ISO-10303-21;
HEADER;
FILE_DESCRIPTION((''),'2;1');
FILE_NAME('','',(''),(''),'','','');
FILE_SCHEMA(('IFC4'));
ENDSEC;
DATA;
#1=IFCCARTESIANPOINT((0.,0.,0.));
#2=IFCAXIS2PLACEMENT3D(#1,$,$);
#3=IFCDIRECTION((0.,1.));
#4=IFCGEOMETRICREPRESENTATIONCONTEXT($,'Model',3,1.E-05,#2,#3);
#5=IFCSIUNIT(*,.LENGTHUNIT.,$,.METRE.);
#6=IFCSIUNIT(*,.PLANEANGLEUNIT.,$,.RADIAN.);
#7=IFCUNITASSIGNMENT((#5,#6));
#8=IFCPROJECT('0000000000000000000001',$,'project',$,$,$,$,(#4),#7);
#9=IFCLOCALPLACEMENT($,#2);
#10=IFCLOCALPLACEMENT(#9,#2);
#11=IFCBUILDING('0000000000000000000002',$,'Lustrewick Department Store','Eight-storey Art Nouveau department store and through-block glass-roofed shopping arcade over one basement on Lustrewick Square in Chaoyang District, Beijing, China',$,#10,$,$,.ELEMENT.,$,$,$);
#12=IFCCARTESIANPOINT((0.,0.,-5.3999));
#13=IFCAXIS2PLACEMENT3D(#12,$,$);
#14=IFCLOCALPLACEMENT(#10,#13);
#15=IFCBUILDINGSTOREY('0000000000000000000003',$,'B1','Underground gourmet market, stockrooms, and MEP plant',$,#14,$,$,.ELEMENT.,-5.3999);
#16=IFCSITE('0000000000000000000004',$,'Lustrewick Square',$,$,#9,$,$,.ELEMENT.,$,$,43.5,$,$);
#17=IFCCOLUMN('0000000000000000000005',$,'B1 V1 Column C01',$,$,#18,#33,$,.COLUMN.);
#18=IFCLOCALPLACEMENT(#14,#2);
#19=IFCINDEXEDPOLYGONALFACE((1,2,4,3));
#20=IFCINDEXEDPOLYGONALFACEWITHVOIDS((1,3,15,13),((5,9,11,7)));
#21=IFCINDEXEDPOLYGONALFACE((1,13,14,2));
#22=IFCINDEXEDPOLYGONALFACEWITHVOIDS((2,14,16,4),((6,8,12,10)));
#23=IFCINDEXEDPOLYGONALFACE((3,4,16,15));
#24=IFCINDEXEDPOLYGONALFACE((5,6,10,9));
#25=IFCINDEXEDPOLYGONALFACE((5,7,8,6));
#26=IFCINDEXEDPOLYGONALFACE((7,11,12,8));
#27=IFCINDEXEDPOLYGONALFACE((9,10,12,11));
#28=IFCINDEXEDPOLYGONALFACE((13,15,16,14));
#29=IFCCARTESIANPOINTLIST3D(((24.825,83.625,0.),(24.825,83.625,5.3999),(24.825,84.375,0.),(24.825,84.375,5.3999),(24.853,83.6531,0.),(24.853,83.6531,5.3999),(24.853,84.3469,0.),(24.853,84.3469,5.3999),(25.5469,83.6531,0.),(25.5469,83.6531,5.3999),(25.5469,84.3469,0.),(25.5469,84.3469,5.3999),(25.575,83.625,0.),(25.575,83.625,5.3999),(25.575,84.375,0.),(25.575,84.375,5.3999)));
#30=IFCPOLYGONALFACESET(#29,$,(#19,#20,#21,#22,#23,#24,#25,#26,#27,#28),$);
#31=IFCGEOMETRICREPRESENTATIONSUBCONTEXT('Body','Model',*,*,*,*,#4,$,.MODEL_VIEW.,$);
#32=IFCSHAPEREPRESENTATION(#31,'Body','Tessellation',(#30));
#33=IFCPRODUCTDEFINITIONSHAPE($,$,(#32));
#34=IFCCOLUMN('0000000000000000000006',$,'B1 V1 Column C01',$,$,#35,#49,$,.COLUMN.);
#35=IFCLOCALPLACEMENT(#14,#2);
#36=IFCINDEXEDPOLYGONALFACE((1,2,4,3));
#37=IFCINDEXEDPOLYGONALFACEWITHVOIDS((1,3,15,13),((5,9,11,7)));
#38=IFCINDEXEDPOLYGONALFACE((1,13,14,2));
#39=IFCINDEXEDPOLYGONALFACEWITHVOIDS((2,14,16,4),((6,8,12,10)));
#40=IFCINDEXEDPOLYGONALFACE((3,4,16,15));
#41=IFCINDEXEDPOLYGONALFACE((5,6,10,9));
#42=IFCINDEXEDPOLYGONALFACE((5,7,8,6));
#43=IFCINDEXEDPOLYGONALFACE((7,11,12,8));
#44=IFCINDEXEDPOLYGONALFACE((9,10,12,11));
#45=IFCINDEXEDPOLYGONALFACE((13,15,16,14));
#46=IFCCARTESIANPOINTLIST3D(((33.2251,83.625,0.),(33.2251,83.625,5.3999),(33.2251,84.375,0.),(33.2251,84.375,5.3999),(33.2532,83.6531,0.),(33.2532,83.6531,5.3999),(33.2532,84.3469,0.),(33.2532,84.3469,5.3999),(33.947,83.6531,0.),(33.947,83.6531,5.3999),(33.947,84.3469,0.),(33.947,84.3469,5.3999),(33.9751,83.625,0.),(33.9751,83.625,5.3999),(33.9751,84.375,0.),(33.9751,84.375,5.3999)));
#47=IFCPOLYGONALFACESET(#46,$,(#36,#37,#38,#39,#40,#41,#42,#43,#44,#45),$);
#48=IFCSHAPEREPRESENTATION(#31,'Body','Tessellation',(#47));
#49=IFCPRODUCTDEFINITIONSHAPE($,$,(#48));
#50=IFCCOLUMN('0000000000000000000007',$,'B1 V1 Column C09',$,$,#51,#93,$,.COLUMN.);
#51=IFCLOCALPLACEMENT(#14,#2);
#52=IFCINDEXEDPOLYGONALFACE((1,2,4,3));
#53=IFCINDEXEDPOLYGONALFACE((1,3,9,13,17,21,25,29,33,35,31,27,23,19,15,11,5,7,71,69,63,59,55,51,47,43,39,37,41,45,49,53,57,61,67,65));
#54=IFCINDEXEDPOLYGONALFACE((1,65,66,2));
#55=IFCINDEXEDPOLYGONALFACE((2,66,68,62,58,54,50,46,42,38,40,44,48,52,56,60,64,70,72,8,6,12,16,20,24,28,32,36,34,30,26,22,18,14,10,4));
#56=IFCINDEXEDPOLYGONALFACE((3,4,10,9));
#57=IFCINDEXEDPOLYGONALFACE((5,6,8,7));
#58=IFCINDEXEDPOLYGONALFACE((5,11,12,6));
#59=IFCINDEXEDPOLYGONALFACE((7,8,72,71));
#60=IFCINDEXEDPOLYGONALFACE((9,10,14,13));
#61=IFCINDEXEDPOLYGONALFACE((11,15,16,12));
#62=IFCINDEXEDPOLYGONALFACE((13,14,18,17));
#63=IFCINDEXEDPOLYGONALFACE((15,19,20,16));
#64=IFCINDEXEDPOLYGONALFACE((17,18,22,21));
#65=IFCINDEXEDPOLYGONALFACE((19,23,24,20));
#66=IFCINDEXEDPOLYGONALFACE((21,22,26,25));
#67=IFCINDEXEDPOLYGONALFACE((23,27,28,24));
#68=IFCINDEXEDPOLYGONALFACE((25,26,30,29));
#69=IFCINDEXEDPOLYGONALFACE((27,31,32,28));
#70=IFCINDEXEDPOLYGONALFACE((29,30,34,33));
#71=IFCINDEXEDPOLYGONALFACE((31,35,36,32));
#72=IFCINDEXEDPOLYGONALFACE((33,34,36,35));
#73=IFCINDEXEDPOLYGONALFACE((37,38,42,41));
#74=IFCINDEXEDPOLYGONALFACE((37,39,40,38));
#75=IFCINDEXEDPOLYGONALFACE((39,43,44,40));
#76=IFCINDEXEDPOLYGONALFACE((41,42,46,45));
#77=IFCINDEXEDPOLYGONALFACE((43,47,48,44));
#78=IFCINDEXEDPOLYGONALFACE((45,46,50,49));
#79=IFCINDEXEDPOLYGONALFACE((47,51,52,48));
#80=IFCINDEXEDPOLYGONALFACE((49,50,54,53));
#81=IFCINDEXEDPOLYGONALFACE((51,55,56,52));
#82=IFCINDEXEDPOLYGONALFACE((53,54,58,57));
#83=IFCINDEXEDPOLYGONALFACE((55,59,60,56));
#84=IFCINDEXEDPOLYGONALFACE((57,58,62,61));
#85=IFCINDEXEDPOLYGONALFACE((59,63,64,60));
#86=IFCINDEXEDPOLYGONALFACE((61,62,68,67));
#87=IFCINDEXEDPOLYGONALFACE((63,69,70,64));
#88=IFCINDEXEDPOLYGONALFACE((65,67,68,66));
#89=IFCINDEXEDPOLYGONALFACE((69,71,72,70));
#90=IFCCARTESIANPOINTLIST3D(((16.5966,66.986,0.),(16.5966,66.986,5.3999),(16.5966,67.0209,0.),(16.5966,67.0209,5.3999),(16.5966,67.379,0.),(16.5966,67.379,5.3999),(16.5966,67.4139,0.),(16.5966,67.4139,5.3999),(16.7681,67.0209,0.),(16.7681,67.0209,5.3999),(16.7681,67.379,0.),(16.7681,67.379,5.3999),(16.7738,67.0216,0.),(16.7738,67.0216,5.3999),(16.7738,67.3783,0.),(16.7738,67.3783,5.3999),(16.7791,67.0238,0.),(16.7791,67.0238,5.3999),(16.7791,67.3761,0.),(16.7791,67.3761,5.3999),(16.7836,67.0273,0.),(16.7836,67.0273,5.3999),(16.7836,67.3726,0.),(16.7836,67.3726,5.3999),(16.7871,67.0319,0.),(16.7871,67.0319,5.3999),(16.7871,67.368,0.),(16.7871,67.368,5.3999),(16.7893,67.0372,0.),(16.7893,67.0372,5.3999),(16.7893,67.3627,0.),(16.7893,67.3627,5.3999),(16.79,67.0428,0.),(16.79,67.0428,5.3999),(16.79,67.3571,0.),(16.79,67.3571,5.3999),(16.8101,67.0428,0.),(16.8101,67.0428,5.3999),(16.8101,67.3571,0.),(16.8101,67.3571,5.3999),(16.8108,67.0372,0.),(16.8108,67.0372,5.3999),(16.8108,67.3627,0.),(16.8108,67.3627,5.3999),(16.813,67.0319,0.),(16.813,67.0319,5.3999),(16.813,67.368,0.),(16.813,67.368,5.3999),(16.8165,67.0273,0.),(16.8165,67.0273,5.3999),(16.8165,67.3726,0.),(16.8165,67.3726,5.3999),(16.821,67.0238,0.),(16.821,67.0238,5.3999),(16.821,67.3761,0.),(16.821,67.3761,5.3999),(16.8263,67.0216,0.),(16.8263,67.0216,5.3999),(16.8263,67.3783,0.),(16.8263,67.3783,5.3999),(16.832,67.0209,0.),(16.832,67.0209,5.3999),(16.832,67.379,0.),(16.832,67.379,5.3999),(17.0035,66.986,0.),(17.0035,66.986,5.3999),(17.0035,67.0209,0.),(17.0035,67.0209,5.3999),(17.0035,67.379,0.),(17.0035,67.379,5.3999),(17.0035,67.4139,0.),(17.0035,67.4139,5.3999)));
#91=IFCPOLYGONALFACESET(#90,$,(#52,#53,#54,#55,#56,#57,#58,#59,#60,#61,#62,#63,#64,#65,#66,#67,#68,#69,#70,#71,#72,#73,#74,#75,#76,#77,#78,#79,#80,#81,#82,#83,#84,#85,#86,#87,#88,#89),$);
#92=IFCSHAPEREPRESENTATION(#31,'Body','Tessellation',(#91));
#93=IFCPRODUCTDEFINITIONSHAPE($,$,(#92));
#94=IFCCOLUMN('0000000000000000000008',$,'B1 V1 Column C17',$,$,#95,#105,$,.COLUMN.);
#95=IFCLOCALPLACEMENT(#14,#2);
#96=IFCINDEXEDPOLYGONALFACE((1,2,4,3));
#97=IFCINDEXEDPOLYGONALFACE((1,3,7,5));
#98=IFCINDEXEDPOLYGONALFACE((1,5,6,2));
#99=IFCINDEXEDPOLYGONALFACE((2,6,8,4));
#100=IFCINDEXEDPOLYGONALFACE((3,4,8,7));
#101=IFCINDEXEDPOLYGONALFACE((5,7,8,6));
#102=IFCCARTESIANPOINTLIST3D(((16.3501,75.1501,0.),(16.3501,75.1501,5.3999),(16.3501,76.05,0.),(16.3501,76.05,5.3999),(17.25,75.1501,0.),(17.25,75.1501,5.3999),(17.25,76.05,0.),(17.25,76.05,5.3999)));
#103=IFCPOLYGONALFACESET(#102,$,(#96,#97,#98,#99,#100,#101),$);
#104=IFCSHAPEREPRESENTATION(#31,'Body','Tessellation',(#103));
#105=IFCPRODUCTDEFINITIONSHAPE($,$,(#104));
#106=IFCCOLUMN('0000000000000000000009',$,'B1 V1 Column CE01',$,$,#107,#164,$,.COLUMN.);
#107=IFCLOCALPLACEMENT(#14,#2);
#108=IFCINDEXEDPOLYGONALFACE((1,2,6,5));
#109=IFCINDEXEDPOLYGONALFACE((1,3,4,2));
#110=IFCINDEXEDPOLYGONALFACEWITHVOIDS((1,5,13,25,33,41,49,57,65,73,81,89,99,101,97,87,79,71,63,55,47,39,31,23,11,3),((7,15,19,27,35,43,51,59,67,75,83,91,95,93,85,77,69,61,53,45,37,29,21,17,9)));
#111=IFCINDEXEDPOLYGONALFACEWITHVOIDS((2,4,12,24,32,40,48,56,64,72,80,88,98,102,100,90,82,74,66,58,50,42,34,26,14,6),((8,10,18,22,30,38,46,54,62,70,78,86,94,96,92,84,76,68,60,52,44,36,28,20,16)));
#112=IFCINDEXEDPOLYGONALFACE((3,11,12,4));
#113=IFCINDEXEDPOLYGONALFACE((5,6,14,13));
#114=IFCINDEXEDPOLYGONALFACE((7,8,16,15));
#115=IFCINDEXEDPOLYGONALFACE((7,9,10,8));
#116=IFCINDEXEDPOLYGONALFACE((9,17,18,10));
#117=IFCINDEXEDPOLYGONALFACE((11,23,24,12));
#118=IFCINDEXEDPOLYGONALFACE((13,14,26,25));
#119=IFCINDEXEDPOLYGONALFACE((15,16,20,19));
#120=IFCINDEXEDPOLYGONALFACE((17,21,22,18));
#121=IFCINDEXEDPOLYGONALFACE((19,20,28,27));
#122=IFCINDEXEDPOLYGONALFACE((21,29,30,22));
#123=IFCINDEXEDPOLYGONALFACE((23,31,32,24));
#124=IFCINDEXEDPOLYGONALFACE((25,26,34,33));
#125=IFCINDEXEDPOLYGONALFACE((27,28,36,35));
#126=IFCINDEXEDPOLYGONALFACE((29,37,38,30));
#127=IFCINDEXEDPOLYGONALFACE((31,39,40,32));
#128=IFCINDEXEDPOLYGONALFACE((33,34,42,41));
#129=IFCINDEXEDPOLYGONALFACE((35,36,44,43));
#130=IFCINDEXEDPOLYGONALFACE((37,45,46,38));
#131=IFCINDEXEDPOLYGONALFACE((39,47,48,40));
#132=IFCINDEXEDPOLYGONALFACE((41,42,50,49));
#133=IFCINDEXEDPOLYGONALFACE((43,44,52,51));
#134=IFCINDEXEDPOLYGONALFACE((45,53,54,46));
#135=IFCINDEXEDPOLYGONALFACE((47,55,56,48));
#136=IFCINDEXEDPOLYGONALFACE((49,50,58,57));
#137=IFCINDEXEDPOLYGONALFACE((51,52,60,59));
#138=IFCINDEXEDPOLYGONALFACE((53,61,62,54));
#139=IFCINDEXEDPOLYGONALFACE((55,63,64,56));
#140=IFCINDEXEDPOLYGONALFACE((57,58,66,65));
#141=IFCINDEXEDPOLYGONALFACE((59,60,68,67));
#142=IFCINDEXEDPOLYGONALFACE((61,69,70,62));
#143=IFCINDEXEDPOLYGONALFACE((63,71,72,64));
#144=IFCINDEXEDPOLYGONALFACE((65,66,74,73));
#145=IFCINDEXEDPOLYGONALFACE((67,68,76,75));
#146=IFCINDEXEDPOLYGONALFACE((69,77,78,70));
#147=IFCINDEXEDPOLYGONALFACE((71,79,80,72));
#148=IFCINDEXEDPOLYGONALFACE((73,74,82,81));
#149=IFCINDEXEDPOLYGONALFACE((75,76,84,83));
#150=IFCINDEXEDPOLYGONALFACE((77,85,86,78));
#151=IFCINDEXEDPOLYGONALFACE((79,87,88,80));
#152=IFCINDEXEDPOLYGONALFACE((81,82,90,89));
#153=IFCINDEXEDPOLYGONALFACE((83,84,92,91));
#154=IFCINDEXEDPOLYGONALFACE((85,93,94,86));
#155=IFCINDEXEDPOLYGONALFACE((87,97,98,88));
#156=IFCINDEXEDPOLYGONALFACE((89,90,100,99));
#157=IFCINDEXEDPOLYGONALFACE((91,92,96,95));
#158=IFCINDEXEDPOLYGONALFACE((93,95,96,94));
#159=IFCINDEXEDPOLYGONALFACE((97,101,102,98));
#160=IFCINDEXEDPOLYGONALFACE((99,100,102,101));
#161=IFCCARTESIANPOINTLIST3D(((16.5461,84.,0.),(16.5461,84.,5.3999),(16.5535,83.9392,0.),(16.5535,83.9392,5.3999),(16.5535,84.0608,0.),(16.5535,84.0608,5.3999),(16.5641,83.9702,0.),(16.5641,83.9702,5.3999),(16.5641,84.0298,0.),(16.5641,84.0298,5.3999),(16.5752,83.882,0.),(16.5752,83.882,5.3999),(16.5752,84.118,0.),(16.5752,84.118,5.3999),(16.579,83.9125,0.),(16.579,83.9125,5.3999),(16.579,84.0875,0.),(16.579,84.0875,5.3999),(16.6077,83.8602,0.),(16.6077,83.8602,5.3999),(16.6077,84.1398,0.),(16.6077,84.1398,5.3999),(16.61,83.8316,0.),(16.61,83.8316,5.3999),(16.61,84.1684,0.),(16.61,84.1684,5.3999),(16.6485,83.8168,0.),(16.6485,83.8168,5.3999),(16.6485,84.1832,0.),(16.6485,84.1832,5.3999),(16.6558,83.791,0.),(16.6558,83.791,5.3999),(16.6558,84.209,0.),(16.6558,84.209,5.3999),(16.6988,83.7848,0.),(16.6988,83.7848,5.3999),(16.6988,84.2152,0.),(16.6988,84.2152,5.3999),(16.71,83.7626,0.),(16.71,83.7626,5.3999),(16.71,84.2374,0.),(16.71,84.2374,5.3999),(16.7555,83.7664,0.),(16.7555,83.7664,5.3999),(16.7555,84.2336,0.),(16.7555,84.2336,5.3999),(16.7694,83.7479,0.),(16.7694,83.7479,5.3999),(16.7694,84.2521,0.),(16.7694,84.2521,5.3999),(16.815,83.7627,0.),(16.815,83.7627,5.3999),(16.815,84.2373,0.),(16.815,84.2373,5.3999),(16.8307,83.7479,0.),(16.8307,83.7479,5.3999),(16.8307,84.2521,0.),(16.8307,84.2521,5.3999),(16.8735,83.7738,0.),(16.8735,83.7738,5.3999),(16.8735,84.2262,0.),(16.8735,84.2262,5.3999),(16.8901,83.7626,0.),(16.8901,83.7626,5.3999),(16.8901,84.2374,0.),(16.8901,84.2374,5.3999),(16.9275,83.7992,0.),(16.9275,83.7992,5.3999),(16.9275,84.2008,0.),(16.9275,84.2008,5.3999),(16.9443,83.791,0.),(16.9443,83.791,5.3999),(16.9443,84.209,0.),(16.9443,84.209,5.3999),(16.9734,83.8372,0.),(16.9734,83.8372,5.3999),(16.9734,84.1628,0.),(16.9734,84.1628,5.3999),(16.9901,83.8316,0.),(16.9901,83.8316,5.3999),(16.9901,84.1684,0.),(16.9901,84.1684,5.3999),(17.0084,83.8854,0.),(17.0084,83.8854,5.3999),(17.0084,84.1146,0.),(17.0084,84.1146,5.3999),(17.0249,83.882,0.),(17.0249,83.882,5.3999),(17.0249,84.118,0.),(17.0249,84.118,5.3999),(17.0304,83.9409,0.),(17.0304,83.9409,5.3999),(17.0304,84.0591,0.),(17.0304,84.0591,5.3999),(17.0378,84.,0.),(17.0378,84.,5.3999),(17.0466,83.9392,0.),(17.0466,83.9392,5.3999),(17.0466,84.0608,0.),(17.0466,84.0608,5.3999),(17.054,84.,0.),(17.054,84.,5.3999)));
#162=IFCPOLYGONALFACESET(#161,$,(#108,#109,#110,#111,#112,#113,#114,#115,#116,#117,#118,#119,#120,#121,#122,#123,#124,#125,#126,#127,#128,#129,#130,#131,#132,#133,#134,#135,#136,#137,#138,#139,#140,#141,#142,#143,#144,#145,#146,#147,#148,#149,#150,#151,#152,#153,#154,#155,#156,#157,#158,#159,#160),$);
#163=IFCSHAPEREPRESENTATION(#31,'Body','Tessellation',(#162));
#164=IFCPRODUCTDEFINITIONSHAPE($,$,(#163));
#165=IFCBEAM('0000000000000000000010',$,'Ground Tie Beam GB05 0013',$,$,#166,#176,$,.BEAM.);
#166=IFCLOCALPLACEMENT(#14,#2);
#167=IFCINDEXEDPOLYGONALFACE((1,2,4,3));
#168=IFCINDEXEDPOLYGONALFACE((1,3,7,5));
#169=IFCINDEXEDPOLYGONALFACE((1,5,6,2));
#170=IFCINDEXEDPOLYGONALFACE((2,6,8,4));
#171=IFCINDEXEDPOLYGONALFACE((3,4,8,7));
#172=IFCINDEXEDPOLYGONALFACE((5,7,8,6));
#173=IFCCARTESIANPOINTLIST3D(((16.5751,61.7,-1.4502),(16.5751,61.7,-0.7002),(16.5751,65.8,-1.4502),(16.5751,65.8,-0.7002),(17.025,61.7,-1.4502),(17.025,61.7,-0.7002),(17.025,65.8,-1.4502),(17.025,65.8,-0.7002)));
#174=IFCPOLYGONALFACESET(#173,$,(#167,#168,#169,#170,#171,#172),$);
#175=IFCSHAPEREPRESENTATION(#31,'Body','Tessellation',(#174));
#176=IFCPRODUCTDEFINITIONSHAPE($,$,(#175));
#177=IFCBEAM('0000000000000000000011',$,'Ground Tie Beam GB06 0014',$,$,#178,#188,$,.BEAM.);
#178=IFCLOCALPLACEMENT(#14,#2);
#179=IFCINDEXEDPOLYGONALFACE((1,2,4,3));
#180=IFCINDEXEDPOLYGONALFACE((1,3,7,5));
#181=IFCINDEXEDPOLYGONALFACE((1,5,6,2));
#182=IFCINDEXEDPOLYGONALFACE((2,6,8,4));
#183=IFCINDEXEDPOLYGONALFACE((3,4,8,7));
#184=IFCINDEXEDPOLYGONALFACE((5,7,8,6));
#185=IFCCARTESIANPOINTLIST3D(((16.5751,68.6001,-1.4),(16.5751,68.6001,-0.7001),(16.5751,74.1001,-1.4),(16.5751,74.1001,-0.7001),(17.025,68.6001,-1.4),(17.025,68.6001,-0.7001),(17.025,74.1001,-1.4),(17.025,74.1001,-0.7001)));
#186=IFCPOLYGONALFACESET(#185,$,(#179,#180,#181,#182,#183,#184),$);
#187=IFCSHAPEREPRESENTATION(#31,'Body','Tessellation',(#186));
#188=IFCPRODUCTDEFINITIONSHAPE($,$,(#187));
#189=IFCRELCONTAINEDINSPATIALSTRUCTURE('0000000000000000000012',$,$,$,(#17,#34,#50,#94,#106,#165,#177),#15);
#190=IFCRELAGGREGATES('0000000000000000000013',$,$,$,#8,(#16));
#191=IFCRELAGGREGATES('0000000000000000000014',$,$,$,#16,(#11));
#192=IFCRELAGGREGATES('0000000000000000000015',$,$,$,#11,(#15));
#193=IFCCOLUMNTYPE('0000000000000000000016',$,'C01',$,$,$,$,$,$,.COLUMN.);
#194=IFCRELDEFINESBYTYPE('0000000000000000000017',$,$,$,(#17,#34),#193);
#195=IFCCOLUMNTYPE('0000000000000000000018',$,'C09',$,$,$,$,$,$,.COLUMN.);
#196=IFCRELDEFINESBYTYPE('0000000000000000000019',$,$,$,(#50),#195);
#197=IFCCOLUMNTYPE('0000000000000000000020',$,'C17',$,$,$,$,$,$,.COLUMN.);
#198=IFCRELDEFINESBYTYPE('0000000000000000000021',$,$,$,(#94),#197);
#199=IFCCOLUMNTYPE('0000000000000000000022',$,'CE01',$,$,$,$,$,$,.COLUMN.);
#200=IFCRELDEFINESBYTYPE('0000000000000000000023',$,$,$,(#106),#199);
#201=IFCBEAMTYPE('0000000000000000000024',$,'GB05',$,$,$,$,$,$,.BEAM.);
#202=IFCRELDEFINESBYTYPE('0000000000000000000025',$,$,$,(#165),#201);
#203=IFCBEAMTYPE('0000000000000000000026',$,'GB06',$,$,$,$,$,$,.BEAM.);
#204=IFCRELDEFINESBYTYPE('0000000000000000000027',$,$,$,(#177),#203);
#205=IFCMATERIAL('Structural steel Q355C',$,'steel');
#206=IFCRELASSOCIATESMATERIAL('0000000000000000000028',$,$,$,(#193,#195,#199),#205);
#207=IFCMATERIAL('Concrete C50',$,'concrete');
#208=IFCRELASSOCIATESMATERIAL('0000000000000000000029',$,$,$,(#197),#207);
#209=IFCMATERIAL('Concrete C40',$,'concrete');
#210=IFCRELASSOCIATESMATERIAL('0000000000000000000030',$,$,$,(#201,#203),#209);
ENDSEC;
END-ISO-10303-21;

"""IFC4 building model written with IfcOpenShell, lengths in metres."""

from ifc_helpers import new_model, si_unit, direction, frame, origin, origin_2d, place, context, subcontext, project, spatial, rectangle, hollow_rectangle, hollow_circle, i_section, extrude, material, material_profile, profile_set, type_object, element, save


model = new_model("IFC4")

# Units and contexts
model_context = context("Model", 3, precision=1e-05, world=origin(), true_north=direction((0.0, 1.0)))
body_context = subcontext(model_context, "Body", "Model", "MODEL_VIEW")
ifc_project = project(units=[si_unit("LENGTHUNIT", "METRE"), si_unit("PLANEANGLEUNIT", "RADIAN")], contexts=[model_context])

# Site, building, storey
site_placement = place(None, origin())
site = spatial("IfcSite", under=ifc_project, at=site_placement, Name="Lustrewick Square", CompositionType="ELEMENT", RefElevation=43.5)
building_placement = place(site_placement, origin())
building = spatial("IfcBuilding", under=site, at=building_placement, Name="Lustrewick Department Store", Description="Eight-storey Art Nouveau department store and through-block glass-roofed shopping arcade over one basement on Lustrewick Square in Chaoyang District, Beijing, China", CompositionType="ELEMENT")
storey_placement = place(building_placement, frame((0.0, 0.0, -5.3999)))
storey = spatial("IfcBuildingStorey", under=building, at=storey_placement, Name="B1", Description="Underground gourmet market, stockrooms, and MEP plant", CompositionType="ELEMENT", Elevation=-5.3999)

# Shared definitions
ifc_material_1 = material(Name="Concrete C40", Category="concrete")

# Columns
ifc_material_2 = material(Name="Structural steel Q355C", Category="steel")
ifc_material_profile_1 = material_profile(ifc_material_2, hollow_rectangle(XDim=0.75, YDim=0.75, WallThickness=0.0281, at=origin_2d()), Name="BOX 750x750x28")
ifc_profile_set_1 = profile_set([ifc_material_profile_1], Name="Structural steel Q355C")
column_type_1 = type_object("IfcColumnType", Name="C01", PredefinedType="COLUMN", material=ifc_profile_set_1)
for number, where, z_axis, x_axis, name in (
    (1, (25.2, 84.0, 0.0), (0.0, 0.0, 1.0), (1.0, 0.0, 0.0), "B1 V1 Column C01"),
    (2, (33.6001, 84.0, 0.0), (0.0, 0.0, 1.0), (1.0, 0.0, 0.0), "B1 V1 Column C01"),
):
    element("IfcColumn", number, at=place(storey_placement, frame(where, z_axis=z_axis, x_axis=x_axis)), inside=storey, type_object=column_type_1, Name=name, PredefinedType="COLUMN", context=body_context, shape_type="SweptSolid", body=[
        extrude(hollow_rectangle(XDim=0.75, YDim=0.75, WallThickness=0.0281, at=origin_2d()), origin(), (0.0, 0.0, 1.0), 5.3999),
    ])
ifc_material_profile_2 = material_profile(ifc_material_2, i_section(OverallWidth=0.407, OverallDepth=0.428, WebThickness=0.02, FlangeThickness=0.0349, FilletRadius=0.022, at=origin_2d()), Name="HW 428x407x20x35")
ifc_profile_set_2 = profile_set([ifc_material_profile_2], Name="Structural steel Q355C")
column_type_2 = type_object("IfcColumnType", Name="C09", PredefinedType="COLUMN", material=ifc_profile_set_2)
column_1_placement = place(storey_placement, frame((16.8, 67.2, 0.0), z_axis=(0.0, 0.0, 1.0), x_axis=(1.0, 0.0, 0.0)))
element("IfcColumn", 3, at=column_1_placement, inside=storey, type_object=column_type_2, Name="B1 V1 Column C09", PredefinedType="COLUMN", context=body_context, shape_type="SweptSolid", body=[
    extrude(i_section(OverallWidth=0.407, OverallDepth=0.428, WebThickness=0.02, FlangeThickness=0.0349, FilletRadius=0.022, at=origin_2d()), origin(), (0.0, 0.0, 1.0), 5.3999),
])
ifc_material_3 = material(Name="Concrete C50", Category="concrete")
ifc_material_profile_3 = material_profile(ifc_material_3, rectangle(XDim=0.8999, YDim=0.8999, at=origin_2d()), Name="RC 900x900")
ifc_profile_set_3 = profile_set([ifc_material_profile_3], Name="Concrete C50")
column_type_3 = type_object("IfcColumnType", Name="C17", PredefinedType="COLUMN", material=ifc_profile_set_3)
column_2_placement = place(storey_placement, frame((16.8, 75.6001, 0.0), z_axis=(0.0, 0.0, 1.0), x_axis=(1.0, 0.0, 0.0)))
element("IfcColumn", 4, at=column_2_placement, inside=storey, type_object=column_type_3, Name="B1 V1 Column C17", PredefinedType="COLUMN", context=body_context, shape_type="SweptSolid", body=[
    extrude(rectangle(XDim=0.8999, YDim=0.8999, at=origin_2d()), origin(), (0.0, 0.0, 1.0), 5.3999),
])
ifc_material_profile_4 = material_profile(ifc_material_2, hollow_circle(Radius=0.2539, WallThickness=0.0161, at=origin_2d()), Name="CHS 508x16")
ifc_profile_set_4 = profile_set([ifc_material_profile_4], Name="Structural steel Q355C")
column_type_4 = type_object("IfcColumnType", Name="CE01", PredefinedType="COLUMN", material=ifc_profile_set_4)
column_3_placement = place(storey_placement, frame((16.8, 84.0, 0.0), z_axis=(0.0, 0.0, 1.0), x_axis=(1.0, 0.0, 0.0)))
element("IfcColumn", 5, at=column_3_placement, inside=storey, type_object=column_type_4, Name="B1 V1 Column CE01", PredefinedType="COLUMN", context=body_context, shape_type="SweptSolid", body=[
    extrude(hollow_circle(Radius=0.2539, WallThickness=0.0161, at=origin_2d()), origin(), (0.0, 0.0, 1.0), 5.3999),
])

# Beams
ifc_material_profile_5 = material_profile(ifc_material_1, rectangle(XDim=0.45, YDim=0.75, at=origin_2d()), Name="RC 450x750")
ifc_profile_set_5 = profile_set([ifc_material_profile_5], Name="Concrete C40")
beam_type_1 = type_object("IfcBeamType", Name="GB05", PredefinedType="BEAM", material=ifc_profile_set_5)
beam_1_placement = place(storey_placement, frame((16.8, 61.7, -1.0752), z_axis=(0.0, 1.0, 0.0), x_axis=(-1.0, 0.0, 0.0)))
element("IfcBeam", 6, at=beam_1_placement, inside=storey, type_object=beam_type_1, Name="Ground Tie Beam GB05 0013", PredefinedType="BEAM", context=body_context, shape_type="SweptSolid", body=[
    extrude(rectangle(XDim=0.45, YDim=0.75, at=origin_2d()), origin(), (0.0, 0.0, 1.0), 4.1001),
])
ifc_material_profile_6 = material_profile(ifc_material_1, rectangle(XDim=0.45, YDim=0.7, at=origin_2d()), Name="RC 450x700")
ifc_profile_set_6 = profile_set([ifc_material_profile_6], Name="Concrete C40")
beam_type_2 = type_object("IfcBeamType", Name="GB06", PredefinedType="BEAM", material=ifc_profile_set_6)
beam_2_placement = place(storey_placement, frame((16.8, 68.6001, -1.05), z_axis=(0.0, 1.0, 0.0), x_axis=(-1.0, 0.0, 0.0)))
element("IfcBeam", 7, at=beam_2_placement, inside=storey, type_object=beam_type_2, Name="Ground Tie Beam GB06 0014", PredefinedType="BEAM", context=body_context, shape_type="SweptSolid", body=[
    extrude(rectangle(XDim=0.45, YDim=0.7, at=origin_2d()), origin(), (0.0, 0.0, 1.0), 5.5),
])

save(model, "model.ifc")
